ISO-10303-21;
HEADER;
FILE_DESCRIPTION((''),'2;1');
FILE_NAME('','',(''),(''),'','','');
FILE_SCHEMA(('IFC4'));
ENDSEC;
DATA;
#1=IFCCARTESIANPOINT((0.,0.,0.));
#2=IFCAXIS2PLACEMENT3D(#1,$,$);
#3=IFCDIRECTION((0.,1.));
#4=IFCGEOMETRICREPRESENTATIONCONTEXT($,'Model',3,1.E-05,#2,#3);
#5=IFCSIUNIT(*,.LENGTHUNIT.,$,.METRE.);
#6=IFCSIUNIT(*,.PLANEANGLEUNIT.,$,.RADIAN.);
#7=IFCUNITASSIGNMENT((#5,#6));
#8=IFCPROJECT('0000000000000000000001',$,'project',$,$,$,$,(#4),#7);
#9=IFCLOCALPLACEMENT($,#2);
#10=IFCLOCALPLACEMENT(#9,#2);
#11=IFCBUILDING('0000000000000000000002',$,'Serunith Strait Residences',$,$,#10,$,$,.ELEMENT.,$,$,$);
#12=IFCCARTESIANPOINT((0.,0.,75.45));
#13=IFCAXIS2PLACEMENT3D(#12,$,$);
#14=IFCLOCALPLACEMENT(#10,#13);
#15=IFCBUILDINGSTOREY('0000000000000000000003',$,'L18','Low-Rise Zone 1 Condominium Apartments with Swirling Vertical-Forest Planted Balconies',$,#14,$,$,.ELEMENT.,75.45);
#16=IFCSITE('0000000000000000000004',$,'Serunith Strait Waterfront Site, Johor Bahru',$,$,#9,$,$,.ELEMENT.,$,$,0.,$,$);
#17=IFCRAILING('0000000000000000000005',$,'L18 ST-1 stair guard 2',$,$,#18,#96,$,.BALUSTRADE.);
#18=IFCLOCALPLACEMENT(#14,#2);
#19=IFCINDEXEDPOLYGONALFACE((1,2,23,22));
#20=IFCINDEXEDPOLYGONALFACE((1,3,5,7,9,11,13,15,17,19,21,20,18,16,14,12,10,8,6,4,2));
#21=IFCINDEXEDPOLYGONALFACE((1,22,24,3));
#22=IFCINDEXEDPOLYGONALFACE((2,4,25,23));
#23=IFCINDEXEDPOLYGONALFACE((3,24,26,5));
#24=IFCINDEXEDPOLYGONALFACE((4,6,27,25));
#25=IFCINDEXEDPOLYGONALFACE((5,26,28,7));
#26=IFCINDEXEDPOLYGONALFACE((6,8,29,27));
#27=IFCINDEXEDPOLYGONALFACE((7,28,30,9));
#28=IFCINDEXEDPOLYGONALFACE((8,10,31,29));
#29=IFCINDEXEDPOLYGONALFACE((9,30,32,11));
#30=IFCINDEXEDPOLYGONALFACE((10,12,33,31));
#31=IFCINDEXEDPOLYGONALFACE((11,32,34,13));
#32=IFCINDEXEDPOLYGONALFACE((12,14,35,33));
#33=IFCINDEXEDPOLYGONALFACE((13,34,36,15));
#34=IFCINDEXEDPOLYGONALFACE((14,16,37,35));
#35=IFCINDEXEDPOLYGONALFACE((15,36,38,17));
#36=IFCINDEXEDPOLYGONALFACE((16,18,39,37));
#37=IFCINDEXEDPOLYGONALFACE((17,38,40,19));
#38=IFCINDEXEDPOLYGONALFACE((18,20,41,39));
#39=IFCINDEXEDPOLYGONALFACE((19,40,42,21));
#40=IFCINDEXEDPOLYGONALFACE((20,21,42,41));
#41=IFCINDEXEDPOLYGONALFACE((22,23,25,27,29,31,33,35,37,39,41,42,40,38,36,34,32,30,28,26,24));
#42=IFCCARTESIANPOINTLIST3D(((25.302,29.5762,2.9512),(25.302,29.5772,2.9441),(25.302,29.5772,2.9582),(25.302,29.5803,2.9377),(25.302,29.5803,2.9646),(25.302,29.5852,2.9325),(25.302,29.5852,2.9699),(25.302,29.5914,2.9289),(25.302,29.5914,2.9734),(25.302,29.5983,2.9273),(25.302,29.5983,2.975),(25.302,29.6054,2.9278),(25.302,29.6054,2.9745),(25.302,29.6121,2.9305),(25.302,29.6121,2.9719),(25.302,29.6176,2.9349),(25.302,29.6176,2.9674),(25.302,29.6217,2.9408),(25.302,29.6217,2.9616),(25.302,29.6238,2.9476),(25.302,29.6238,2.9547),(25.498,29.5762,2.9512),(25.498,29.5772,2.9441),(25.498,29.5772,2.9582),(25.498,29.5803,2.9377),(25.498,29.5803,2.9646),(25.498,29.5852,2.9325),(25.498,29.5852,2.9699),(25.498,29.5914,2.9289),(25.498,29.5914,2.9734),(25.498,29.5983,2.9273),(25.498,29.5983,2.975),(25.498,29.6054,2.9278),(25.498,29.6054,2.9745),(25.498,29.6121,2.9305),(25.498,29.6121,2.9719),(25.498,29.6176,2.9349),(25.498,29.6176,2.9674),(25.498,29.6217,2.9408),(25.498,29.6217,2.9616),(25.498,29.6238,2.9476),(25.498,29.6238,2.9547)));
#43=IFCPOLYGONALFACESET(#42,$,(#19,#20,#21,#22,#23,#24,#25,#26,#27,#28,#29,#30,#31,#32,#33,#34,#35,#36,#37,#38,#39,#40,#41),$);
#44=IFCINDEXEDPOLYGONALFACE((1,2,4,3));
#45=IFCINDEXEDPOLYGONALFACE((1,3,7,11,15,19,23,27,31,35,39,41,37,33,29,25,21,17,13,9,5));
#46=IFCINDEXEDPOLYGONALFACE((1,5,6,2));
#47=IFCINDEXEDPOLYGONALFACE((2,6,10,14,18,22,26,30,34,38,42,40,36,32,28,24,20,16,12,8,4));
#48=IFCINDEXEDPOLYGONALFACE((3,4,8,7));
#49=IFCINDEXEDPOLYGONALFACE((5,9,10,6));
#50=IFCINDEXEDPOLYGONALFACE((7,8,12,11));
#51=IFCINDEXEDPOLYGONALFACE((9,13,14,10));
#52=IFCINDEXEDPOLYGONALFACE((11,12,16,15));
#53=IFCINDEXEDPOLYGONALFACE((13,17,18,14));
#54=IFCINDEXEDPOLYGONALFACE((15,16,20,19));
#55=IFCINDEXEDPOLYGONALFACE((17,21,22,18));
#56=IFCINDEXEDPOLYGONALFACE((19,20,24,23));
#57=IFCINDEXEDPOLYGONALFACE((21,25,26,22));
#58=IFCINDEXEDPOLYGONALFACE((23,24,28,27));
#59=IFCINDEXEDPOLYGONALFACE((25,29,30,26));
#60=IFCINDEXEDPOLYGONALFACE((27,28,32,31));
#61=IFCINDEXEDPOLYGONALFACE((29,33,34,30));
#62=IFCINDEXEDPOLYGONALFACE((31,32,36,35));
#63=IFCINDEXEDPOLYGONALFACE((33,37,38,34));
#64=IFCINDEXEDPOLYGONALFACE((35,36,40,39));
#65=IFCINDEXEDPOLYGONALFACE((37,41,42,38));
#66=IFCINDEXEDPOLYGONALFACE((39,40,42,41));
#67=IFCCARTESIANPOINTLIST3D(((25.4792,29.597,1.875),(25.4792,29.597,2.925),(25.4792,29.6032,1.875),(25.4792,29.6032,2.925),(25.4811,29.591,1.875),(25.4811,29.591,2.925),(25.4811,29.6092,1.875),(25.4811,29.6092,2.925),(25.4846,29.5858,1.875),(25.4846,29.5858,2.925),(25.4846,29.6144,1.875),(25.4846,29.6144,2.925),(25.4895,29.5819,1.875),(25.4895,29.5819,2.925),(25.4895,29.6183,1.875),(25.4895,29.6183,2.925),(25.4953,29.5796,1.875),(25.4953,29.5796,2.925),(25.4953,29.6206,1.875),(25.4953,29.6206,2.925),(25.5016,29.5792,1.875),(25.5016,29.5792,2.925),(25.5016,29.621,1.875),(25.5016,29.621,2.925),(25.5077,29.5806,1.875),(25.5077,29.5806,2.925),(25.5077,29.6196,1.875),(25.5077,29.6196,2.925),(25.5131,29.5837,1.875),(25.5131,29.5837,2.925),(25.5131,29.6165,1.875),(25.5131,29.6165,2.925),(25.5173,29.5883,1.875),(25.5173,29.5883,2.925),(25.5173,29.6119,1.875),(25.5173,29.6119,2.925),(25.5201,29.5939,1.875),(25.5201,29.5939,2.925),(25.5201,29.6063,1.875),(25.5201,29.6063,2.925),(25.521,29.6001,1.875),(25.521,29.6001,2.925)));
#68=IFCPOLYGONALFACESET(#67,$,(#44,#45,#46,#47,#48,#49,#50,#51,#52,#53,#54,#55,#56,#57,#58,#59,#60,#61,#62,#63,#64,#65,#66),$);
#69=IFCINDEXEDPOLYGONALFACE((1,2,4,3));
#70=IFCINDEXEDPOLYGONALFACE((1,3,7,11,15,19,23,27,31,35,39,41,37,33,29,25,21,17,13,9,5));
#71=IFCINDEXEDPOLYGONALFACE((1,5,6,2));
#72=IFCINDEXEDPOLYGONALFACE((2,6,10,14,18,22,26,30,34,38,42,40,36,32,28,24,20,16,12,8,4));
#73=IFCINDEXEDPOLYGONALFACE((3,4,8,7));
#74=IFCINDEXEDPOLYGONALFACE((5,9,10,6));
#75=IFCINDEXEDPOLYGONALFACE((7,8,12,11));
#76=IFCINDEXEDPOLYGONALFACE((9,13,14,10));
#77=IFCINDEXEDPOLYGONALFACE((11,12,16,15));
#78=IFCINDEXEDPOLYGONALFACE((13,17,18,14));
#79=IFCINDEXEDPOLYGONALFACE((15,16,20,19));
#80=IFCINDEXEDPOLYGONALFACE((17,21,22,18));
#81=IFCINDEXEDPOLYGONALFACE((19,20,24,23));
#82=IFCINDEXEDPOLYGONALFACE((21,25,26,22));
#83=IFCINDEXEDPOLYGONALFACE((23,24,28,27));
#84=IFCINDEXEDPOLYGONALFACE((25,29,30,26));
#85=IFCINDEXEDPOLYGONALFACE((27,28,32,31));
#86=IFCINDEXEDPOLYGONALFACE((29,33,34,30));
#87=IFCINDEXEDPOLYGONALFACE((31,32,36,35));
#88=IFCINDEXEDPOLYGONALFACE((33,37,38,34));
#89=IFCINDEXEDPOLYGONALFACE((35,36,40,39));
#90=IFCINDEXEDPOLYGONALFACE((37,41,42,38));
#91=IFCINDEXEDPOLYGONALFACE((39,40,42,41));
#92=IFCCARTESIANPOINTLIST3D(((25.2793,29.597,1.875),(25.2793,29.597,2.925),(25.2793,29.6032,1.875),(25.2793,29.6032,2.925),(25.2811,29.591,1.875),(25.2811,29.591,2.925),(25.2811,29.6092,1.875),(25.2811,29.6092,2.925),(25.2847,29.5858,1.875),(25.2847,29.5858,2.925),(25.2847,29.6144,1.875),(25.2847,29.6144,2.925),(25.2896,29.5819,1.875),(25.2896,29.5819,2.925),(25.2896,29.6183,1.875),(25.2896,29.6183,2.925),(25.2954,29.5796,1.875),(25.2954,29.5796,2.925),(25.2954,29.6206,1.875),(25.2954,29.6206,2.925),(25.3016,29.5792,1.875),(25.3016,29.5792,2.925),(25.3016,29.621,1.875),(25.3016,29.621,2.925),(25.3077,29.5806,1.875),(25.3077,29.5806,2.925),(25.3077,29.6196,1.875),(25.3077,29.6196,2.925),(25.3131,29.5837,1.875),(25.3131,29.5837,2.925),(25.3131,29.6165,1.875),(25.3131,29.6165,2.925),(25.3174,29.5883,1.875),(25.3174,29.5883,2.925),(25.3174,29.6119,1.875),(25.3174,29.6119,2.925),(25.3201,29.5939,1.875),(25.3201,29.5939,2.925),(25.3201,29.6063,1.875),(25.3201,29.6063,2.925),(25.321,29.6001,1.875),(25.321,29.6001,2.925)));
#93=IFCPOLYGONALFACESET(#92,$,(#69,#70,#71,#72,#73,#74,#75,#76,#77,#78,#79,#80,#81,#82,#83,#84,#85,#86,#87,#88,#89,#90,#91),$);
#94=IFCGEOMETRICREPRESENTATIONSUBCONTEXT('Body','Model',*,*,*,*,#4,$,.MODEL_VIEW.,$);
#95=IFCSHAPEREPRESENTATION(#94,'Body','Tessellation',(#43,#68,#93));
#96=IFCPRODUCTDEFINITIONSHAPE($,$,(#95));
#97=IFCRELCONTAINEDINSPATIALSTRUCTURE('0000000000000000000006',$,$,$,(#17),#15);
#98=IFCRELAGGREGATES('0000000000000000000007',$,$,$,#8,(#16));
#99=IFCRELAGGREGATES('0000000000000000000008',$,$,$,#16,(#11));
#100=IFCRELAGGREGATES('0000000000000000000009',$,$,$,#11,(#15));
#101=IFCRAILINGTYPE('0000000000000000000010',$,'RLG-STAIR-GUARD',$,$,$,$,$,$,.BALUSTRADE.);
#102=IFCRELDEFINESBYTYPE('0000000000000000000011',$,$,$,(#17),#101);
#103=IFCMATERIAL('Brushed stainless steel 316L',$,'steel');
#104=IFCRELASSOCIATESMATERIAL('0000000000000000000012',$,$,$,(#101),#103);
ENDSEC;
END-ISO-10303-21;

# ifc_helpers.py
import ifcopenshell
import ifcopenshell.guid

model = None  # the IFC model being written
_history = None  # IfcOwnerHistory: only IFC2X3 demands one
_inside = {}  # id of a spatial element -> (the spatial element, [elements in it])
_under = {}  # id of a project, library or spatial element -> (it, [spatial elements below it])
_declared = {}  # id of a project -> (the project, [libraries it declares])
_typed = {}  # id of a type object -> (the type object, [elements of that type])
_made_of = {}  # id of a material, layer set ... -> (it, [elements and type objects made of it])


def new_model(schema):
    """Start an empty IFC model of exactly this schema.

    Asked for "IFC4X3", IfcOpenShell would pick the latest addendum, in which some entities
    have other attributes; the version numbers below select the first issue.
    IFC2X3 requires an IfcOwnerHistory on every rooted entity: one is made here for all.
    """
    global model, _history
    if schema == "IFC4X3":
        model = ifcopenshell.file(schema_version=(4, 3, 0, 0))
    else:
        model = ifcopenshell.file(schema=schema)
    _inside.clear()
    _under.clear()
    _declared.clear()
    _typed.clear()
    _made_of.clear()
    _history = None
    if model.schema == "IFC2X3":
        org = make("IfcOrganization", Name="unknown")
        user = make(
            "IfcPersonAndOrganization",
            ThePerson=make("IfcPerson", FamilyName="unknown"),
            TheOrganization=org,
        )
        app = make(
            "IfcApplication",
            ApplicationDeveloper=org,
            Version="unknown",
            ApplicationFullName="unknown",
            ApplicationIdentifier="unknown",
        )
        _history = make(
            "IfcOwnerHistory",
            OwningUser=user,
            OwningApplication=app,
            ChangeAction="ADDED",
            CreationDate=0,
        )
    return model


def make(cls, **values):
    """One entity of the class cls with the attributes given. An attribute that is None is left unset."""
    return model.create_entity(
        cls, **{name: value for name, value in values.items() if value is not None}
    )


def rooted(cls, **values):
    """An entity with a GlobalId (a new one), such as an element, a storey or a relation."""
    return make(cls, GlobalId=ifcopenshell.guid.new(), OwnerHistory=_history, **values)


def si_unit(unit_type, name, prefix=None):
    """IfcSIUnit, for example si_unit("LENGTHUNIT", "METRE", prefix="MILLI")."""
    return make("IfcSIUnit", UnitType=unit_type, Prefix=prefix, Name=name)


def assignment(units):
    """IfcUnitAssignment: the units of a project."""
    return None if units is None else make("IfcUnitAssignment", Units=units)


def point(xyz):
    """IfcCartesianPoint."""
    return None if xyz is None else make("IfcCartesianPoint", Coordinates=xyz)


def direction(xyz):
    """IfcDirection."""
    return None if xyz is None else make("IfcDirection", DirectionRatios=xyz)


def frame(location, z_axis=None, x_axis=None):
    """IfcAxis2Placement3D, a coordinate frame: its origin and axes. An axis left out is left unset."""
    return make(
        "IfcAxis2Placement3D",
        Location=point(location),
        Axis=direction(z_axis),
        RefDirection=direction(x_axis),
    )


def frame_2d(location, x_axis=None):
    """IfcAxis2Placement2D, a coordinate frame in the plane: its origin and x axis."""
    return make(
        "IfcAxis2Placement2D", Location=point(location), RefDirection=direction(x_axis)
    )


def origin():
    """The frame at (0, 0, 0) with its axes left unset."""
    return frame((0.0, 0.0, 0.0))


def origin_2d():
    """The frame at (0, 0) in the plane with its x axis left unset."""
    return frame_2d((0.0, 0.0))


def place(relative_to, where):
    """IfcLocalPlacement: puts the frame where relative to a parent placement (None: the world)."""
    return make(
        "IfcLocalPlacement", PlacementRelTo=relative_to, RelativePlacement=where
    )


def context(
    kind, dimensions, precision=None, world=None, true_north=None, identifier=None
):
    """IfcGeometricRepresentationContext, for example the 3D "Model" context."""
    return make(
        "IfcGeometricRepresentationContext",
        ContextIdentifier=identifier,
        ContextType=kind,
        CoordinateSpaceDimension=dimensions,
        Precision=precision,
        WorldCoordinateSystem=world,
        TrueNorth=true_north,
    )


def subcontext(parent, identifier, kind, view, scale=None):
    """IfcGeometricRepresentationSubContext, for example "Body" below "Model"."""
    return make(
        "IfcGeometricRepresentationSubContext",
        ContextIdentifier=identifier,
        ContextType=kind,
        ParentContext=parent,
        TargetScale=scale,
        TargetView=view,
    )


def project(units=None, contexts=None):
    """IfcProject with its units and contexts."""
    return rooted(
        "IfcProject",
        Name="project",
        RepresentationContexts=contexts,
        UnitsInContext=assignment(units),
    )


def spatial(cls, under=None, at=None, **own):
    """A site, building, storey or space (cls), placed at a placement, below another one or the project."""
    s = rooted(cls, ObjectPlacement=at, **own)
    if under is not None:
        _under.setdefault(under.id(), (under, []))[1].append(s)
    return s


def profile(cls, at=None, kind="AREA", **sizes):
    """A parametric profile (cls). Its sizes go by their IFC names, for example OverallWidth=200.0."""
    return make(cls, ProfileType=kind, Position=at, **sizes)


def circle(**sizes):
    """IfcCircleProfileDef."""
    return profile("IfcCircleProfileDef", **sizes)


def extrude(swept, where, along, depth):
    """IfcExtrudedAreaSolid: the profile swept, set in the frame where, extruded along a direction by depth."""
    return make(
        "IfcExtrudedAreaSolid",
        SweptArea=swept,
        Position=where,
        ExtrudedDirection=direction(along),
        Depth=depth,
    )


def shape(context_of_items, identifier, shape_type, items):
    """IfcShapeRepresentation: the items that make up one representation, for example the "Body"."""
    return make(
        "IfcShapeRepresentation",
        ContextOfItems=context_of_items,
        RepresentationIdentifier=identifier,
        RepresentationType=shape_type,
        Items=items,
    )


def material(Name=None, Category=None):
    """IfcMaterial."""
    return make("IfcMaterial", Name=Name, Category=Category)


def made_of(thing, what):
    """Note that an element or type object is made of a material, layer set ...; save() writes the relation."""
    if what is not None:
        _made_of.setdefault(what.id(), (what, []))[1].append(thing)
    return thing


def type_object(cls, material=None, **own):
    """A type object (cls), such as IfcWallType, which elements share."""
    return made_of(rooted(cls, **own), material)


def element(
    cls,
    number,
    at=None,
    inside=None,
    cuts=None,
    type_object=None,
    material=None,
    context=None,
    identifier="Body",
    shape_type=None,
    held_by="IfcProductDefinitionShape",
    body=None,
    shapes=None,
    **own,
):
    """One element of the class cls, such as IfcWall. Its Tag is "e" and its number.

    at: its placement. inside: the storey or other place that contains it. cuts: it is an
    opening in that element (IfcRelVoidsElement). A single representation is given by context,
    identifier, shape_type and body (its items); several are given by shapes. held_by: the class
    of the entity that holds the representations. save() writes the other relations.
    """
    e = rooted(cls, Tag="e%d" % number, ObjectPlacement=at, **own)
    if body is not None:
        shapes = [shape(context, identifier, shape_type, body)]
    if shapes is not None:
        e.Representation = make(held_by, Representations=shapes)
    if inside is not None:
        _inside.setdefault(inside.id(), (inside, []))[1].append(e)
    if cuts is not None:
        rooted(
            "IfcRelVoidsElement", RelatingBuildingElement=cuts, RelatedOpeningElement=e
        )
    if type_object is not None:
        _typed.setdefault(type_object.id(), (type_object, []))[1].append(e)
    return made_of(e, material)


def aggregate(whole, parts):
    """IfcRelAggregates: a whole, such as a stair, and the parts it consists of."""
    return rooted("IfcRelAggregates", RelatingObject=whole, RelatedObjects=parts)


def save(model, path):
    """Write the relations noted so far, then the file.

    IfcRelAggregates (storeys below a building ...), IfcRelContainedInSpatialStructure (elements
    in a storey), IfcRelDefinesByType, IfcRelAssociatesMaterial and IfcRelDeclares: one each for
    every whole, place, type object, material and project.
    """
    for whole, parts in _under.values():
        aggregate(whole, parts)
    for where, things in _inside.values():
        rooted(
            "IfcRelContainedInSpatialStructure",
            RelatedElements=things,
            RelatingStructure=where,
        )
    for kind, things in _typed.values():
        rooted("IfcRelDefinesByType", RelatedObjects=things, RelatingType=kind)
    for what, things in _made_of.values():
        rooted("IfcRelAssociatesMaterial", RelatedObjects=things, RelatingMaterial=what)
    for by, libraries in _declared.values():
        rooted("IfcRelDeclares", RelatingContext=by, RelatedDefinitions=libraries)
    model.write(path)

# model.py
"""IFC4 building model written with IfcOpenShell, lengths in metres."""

from ifc_helpers import new_model, si_unit, direction, frame, origin, origin_2d, place, context, subcontext, project, spatial, circle, extrude, material, type_object, element, save


model = new_model("IFC4")

# Units and contexts
model_context = context("Model", 3, precision=1e-05, world=origin(), true_north=direction((0.0, 1.0)))
body_context = subcontext(model_context, "Body", "Model", "MODEL_VIEW")
ifc_project = project(units=[si_unit("LENGTHUNIT", "METRE"), si_unit("PLANEANGLEUNIT", "RADIAN")], contexts=[model_context])

# Site, building, storey
site_placement = place(None, origin())
site = spatial("IfcSite", under=ifc_project, at=site_placement, Name="Serunith Strait Waterfront Site, Johor Bahru", CompositionType="ELEMENT", RefElevation=0.0)
building_placement = place(site_placement, origin())
building = spatial("IfcBuilding", under=site, at=building_placement, Name="Serunith Strait Residences", CompositionType="ELEMENT")
storey_placement = place(building_placement, frame((0.0, 0.0, 75.45)))
storey = spatial("IfcBuildingStorey", under=building, at=storey_placement, Name="L18", Description="Low-Rise Zone 1 Condominium Apartments with Swirling Vertical-Forest Planted Balconies", CompositionType="ELEMENT", Elevation=75.45)

# Railing
ifc_material_1 = material(Name="Brushed stainless steel 316L", Category="steel")
railing_type_1 = type_object("IfcRailingType", Name="RLG-STAIR-GUARD", PredefinedType="BALUSTRADE", material=ifc_material_1)
railing_1_placement = place(storey_placement, frame((25.5, 29.6001, 1.875)))
element("IfcRailing", 1, at=railing_1_placement, inside=storey, type_object=railing_type_1, Name="L18 ST-1 stair guard 2", PredefinedType="BALUSTRADE", context=body_context, shape_type="SweptSolid", body=[
    extrude(circle(Radius=0.0239, at=origin_2d()), frame((-0.002, 0.0, 1.0762), z_axis=(-1.0, 0.0, 0.0), x_axis=(0.0, -1.0, 0.0)), (0.0, 0.0, 1.0), 0.196),
    extrude(circle(Radius=0.021, at=origin_2d()), origin(), (0.0, 0.0, 1.0), 1.05),
    extrude(circle(Radius=0.021, at=origin_2d()), frame((-0.2, 0.0, 0.0)), (0.0, 0.0, 1.0), 1.05),
])

save(model, "model.ifc")
